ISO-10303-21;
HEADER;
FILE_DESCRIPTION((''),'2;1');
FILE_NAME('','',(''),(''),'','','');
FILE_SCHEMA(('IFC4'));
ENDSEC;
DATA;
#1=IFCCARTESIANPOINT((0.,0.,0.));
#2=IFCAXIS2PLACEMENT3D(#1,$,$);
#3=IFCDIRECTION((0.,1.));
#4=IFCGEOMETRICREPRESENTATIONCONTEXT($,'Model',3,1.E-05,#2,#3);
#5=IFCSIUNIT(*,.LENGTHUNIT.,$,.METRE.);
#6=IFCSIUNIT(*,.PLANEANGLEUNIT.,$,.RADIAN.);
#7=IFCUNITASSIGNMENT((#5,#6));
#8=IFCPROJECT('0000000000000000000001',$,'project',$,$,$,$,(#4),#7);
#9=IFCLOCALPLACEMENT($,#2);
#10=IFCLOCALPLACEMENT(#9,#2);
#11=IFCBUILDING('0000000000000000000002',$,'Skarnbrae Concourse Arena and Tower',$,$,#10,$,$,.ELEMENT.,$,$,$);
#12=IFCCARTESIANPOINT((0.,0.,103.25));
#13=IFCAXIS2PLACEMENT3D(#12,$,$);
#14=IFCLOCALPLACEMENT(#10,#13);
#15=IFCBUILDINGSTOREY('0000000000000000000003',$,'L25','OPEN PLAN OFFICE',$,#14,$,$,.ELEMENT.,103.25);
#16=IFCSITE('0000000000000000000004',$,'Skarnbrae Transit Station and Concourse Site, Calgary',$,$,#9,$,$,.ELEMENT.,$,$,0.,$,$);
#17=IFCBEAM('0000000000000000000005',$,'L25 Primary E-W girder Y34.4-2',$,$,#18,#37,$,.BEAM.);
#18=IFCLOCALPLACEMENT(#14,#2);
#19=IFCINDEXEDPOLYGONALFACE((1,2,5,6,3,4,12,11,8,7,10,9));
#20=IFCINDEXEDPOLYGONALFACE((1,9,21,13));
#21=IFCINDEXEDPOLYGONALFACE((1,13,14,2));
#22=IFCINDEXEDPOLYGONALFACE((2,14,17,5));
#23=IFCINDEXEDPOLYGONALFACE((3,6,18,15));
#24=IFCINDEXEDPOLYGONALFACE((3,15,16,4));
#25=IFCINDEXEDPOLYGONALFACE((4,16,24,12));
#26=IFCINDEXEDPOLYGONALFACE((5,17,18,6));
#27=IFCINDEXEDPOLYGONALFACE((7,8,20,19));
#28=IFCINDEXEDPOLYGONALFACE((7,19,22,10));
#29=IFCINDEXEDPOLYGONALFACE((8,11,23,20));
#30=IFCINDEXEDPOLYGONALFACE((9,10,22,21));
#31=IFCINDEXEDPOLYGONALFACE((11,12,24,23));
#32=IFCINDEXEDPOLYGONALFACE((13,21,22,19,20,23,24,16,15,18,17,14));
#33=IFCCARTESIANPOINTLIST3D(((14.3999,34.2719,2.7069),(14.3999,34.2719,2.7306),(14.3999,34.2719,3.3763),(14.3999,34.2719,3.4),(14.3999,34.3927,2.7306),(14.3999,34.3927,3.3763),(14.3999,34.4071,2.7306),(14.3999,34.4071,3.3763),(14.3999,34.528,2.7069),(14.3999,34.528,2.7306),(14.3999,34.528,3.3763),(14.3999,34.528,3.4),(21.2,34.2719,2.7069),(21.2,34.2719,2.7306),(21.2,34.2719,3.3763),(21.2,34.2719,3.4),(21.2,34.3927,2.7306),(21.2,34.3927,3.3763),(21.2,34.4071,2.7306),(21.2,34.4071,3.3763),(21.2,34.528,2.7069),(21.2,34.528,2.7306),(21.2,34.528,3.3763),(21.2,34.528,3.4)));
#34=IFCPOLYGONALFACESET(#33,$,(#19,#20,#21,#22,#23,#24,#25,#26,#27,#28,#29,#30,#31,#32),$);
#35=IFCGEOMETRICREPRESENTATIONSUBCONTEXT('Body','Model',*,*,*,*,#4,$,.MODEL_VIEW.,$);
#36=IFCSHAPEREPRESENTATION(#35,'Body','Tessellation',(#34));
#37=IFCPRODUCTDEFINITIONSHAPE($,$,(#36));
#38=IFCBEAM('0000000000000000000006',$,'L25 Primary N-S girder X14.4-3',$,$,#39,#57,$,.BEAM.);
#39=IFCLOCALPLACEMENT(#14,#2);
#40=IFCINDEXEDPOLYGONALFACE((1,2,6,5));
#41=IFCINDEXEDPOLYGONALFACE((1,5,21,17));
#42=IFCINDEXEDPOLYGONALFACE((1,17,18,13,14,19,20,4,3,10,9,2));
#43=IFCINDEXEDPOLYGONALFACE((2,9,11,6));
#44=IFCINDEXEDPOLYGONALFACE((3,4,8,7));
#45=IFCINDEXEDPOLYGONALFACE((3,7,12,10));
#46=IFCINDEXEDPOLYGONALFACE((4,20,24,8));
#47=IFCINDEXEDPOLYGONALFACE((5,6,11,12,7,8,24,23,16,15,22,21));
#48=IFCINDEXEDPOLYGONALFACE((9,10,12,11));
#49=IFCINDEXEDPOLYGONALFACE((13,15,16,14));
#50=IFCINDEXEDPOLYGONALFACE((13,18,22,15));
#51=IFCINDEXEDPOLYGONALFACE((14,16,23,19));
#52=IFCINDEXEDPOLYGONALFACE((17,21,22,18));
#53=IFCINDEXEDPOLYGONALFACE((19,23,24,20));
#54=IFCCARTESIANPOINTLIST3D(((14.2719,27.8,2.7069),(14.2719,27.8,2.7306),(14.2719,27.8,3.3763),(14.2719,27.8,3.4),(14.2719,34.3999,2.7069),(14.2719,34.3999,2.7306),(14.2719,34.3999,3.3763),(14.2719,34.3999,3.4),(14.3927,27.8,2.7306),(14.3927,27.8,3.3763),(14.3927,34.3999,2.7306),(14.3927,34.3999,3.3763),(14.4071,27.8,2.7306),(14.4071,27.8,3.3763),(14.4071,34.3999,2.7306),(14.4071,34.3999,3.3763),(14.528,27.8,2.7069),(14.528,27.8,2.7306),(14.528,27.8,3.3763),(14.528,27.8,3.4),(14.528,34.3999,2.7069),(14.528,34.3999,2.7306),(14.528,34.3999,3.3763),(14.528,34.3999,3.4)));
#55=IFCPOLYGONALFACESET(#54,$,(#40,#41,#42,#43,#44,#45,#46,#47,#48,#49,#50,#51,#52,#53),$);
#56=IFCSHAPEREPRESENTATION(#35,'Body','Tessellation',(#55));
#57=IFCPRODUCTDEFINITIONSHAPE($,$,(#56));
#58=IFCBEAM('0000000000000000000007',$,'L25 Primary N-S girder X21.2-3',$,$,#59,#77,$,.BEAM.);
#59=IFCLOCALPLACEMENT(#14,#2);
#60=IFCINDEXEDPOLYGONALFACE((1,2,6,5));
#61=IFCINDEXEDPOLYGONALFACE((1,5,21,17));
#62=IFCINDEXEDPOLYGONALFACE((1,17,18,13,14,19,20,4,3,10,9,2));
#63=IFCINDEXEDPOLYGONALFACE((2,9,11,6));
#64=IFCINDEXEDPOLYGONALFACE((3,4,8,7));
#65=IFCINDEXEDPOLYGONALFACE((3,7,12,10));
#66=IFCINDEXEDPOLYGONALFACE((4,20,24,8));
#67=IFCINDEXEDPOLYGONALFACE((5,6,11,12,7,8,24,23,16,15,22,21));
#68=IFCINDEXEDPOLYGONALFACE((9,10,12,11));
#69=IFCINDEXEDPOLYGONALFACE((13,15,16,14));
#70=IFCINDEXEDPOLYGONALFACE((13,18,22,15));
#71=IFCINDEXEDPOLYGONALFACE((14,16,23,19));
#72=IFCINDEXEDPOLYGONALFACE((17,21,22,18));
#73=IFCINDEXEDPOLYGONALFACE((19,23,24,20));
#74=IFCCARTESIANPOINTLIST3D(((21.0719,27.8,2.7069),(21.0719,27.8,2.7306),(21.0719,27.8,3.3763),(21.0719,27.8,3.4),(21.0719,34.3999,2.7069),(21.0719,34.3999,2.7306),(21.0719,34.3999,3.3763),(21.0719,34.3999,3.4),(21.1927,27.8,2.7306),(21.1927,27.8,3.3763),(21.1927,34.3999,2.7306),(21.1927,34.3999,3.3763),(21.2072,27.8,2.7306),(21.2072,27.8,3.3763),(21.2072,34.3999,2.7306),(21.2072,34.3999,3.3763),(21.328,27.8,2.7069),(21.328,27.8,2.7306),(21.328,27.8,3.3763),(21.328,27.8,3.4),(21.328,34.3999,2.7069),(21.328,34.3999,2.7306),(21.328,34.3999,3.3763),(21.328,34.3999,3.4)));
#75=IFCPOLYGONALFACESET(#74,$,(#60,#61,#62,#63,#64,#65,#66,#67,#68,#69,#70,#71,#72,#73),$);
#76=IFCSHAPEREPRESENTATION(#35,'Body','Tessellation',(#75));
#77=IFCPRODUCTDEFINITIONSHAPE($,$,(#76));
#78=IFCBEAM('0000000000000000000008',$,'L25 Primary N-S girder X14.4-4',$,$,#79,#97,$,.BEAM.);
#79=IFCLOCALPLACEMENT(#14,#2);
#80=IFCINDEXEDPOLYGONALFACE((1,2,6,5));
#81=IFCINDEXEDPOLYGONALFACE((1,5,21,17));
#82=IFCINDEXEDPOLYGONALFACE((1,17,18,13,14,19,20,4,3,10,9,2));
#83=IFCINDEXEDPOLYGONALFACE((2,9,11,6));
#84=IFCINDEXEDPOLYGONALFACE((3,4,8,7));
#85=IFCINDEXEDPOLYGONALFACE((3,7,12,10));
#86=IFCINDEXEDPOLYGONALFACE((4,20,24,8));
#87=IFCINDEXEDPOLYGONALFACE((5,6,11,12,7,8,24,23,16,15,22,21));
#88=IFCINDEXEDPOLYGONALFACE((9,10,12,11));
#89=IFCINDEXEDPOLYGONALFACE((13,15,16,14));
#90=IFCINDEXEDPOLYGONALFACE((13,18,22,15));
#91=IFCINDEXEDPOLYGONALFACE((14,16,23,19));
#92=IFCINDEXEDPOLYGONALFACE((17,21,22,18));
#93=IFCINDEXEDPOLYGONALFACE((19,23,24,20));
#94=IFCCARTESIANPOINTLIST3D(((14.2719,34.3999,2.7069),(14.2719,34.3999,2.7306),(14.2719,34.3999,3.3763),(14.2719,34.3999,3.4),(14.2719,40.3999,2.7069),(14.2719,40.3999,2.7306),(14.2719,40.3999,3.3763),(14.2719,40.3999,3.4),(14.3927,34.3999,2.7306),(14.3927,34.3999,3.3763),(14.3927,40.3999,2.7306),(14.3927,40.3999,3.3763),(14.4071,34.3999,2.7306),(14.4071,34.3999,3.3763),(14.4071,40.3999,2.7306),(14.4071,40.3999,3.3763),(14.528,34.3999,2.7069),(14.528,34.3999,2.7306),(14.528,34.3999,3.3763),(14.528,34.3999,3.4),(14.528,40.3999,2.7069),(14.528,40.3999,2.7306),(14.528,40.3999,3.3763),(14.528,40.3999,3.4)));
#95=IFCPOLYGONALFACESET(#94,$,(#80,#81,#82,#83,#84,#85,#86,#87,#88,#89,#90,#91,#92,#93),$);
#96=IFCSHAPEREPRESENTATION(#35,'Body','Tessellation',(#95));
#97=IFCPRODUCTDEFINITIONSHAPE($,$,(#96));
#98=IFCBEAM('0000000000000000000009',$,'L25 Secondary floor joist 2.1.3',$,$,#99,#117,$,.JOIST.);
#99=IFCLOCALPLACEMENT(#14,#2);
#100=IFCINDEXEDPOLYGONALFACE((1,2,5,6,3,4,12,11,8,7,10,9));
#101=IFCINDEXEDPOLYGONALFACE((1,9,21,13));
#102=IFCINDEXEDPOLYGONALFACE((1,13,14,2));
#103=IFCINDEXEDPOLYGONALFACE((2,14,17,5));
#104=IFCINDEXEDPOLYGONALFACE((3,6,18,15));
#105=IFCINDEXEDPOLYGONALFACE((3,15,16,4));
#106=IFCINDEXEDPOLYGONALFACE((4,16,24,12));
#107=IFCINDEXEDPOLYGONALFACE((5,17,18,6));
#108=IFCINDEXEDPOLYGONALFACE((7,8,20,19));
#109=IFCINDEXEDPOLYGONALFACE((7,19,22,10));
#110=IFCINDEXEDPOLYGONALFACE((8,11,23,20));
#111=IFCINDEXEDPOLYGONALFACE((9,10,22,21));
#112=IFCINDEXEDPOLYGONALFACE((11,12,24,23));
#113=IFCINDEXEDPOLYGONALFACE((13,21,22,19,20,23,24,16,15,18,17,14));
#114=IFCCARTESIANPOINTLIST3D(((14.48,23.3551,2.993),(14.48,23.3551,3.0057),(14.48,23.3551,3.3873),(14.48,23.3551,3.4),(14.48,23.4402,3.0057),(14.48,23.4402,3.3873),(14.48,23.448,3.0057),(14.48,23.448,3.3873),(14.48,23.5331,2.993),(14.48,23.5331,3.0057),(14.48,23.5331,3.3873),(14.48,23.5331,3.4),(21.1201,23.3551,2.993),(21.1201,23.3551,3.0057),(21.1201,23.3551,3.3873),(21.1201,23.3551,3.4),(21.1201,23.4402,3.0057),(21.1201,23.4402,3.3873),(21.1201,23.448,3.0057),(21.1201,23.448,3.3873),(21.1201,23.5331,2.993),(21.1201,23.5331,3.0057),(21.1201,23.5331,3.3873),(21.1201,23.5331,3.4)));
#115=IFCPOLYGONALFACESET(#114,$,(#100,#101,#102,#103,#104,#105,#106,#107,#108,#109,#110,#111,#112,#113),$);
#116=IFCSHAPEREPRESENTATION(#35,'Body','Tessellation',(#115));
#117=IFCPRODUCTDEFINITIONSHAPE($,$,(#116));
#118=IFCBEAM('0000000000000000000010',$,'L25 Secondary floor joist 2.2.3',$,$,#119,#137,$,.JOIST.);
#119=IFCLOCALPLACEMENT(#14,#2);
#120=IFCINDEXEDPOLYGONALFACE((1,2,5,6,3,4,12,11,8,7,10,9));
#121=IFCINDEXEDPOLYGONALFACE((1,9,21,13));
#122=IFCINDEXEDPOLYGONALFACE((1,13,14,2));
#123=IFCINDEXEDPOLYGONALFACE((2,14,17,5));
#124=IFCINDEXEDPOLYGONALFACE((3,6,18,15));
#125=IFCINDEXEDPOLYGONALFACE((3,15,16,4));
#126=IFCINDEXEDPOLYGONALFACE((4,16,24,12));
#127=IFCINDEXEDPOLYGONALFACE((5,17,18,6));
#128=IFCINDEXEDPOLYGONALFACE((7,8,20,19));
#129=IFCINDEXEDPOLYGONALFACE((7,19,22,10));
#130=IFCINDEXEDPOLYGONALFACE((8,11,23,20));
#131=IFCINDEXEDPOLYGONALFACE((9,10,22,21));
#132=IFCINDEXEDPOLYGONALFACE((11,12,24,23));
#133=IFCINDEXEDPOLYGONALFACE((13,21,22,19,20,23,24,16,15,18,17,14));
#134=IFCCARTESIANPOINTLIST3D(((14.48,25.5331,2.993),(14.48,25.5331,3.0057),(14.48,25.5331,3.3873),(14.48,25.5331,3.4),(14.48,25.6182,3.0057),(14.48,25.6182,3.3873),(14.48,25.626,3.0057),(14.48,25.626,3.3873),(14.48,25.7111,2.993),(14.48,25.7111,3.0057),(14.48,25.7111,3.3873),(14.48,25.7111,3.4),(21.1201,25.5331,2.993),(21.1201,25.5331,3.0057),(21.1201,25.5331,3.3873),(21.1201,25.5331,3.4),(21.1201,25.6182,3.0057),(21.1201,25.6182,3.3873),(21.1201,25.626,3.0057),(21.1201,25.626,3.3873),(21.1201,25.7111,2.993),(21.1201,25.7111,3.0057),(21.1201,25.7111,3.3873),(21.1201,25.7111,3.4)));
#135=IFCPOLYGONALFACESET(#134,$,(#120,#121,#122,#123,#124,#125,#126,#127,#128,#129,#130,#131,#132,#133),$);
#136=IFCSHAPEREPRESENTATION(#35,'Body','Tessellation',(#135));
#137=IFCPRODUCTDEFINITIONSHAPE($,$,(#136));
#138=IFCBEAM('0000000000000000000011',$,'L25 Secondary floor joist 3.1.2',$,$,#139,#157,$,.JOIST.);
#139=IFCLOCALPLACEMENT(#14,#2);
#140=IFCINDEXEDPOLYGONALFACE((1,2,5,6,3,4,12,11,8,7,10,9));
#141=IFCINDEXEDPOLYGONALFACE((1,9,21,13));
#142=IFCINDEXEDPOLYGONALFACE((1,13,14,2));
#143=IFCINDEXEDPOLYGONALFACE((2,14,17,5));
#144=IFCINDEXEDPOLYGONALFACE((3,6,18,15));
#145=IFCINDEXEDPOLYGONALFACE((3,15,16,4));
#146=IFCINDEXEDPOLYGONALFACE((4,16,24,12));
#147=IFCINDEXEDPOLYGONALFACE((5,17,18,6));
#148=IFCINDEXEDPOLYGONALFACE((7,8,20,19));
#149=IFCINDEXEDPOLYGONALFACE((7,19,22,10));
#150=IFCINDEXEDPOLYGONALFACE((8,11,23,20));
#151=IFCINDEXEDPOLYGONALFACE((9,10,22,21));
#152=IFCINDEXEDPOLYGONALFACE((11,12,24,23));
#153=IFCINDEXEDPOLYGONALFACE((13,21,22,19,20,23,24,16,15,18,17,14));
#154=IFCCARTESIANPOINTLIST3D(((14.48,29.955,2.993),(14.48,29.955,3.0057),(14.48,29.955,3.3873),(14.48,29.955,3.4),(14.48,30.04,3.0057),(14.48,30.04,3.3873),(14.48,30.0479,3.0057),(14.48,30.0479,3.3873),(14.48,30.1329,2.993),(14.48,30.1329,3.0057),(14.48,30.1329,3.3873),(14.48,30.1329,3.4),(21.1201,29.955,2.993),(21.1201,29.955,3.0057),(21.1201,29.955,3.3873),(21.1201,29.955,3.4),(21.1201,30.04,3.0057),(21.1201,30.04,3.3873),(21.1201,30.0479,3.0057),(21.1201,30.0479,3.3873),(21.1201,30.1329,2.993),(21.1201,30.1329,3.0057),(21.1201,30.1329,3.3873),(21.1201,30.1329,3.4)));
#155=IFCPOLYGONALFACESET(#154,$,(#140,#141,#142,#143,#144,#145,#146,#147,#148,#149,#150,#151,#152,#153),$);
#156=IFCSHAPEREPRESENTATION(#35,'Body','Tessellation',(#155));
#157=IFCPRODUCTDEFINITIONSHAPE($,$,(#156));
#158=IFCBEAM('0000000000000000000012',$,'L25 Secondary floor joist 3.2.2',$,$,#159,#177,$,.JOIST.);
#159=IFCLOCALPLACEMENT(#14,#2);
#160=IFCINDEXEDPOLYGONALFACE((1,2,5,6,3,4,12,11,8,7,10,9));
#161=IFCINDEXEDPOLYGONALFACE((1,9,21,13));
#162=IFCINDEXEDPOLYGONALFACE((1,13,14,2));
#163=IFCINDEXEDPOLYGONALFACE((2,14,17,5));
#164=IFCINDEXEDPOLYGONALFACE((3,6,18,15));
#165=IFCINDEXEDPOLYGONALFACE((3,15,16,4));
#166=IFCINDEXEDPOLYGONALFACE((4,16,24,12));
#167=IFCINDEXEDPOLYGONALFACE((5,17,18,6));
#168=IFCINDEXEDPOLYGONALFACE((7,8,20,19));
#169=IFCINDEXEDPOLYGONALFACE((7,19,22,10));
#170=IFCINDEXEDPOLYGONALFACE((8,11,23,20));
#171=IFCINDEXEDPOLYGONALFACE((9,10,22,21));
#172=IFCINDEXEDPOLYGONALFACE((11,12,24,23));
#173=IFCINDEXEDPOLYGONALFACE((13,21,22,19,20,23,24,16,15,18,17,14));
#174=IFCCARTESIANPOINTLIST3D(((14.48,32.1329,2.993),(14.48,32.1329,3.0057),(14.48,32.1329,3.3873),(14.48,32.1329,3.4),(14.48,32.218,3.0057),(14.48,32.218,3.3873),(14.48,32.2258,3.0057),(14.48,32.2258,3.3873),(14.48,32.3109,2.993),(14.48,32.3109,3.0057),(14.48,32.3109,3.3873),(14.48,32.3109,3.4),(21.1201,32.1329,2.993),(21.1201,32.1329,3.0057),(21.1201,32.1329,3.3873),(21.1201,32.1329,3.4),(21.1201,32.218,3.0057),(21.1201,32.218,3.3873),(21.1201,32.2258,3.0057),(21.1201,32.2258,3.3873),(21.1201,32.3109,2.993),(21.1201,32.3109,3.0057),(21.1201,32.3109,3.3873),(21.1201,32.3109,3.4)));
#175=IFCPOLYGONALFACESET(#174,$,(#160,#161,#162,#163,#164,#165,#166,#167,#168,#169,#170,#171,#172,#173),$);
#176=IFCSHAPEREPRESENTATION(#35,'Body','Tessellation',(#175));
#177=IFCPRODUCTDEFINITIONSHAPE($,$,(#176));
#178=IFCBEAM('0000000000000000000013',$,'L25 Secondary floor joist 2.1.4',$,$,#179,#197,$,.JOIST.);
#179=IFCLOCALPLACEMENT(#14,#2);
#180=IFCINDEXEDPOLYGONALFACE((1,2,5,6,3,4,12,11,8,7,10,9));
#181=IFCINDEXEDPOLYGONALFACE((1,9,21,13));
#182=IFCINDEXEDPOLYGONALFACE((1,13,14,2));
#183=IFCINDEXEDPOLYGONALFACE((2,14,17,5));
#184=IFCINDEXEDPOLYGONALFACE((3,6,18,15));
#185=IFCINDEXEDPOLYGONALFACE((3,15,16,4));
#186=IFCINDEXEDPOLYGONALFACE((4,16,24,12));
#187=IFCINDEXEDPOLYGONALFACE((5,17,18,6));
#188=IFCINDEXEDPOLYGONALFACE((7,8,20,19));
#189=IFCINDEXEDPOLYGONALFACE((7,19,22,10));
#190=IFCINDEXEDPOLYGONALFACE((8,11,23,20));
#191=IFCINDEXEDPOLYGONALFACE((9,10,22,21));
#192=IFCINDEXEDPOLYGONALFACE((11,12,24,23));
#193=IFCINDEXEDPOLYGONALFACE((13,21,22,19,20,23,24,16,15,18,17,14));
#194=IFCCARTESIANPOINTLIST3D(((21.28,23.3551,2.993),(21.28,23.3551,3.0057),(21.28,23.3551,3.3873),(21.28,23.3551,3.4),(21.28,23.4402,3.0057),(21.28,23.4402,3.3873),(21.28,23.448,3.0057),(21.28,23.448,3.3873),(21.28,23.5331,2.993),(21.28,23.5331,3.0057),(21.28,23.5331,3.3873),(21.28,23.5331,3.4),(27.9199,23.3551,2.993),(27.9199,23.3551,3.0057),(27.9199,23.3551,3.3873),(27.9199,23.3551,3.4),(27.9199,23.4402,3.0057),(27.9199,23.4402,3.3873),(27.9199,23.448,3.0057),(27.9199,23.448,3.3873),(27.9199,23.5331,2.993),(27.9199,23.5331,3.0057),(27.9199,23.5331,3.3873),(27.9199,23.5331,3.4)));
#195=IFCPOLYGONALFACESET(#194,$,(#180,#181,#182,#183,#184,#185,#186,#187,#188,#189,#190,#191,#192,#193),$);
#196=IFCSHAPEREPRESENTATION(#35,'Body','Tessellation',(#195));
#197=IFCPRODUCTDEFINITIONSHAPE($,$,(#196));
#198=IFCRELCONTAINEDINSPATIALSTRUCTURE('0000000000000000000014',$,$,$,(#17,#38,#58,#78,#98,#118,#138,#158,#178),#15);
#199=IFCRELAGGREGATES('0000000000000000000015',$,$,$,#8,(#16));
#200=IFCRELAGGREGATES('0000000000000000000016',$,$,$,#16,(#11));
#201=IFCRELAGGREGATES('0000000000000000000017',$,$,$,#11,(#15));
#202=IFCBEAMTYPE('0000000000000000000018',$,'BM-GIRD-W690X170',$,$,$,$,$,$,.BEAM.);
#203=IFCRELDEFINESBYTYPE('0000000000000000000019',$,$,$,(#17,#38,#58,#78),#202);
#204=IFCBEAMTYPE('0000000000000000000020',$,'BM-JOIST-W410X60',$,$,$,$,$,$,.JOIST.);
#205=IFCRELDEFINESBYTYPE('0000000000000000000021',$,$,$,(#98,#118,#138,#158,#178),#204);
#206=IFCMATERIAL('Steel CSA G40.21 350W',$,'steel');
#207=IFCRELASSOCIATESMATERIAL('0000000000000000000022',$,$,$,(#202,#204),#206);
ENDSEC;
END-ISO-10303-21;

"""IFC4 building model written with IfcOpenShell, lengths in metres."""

from ifc_helpers import new_model, si_unit, direction, frame, origin, origin_2d, place, context, subcontext, project, spatial, i_section, extrude, source, transform, mapped, material, material_profile, profile_set, type_object, element, save


model = new_model("IFC4")

# Units and contexts
model_context = context("Model", 3, precision=1e-05, world=origin(), true_north=direction((0.0, 1.0)))
body_context = subcontext(model_context, "Body", "Model", "MODEL_VIEW")
ifc_project = project(units=[si_unit("LENGTHUNIT", "METRE"), si_unit("PLANEANGLEUNIT", "RADIAN")], contexts=[model_context])

# Site, building, storey
site_placement = place(None, origin())
site = spatial("IfcSite", under=ifc_project, at=site_placement, Name="Skarnbrae Transit Station and Concourse Site, Calgary", CompositionType="ELEMENT", RefElevation=0.0)
building_placement = place(site_placement, origin())
building = spatial("IfcBuilding", under=site, at=building_placement, Name="Skarnbrae Concourse Arena and Tower", CompositionType="ELEMENT")
storey_placement = place(building_placement, frame((0.0, 0.0, 103.25)))
storey = spatial("IfcBuildingStorey", under=building, at=storey_placement, Name="L25", Description="OPEN PLAN OFFICE", CompositionType="ELEMENT", Elevation=103.25)

# Shared definitions
ifc_material_1 = material(Name="Steel CSA G40.21 350W", Category="steel")

# Beams
ifc_material_profile_1 = material_profile(ifc_material_1, i_section(OverallWidth=0.2561, OverallDepth=0.6931, WebThickness=0.0144, FlangeThickness=0.0237, at=origin_2d()), Name="W690X170")
ifc_profile_set_1 = profile_set([ifc_material_profile_1], Name="Steel CSA G40.21 350W")
beam_type_1 = type_object("IfcBeamType", Name="BM-GIRD-W690X170", PredefinedType="BEAM", material=ifc_profile_set_1)
shared_shape_1 = source(origin(), body_context, "Body", "SweptSolid", [
    extrude(i_section(OverallWidth=0.2561, OverallDepth=0.6931, WebThickness=0.0144, FlangeThickness=0.0237, at=origin_2d()), origin(), (0.0, 0.0, 1.0), 6.8),
])
for number, where, z_axis, x_axis, name in (
    (1, (14.3999, 34.3999, 3.0535), (1.0, 0.0, 0.0), (0.0, 1.0, 0.0), "L25 Primary E-W girder Y34.4-2"),
):
    element("IfcBeam", number, at=place(storey_placement, frame(where, z_axis=z_axis, x_axis=x_axis)), inside=storey, type_object=beam_type_1, Name=name, PredefinedType="BEAM", context=body_context, shape_type="MappedRepresentation", body=[
        mapped(shared_shape_1, transform((0.0, 0.0, 0.0))),
    ])
shared_shape_2 = source(origin(), body_context, "Body", "SweptSolid", [
    extrude(i_section(OverallWidth=0.2561, OverallDepth=0.6931, WebThickness=0.0144, FlangeThickness=0.0237, at=origin_2d()), origin(), (0.0, 0.0, 1.0), 6.5999),
])
for number, where, z_axis, x_axis, name in (
    (2, (14.3999, 27.8, 3.0535), (0.0, 1.0, 0.0), (-1.0, 0.0, 0.0), "L25 Primary N-S girder X14.4-3"),
    (3, (21.2, 27.8, 3.0535), (0.0, 1.0, 0.0), (-1.0, 0.0, 0.0), "L25 Primary N-S girder X21.2-3"),
):
    element("IfcBeam", number, at=place(storey_placement, frame(where, z_axis=z_axis, x_axis=x_axis)), inside=storey, type_object=beam_type_1, Name=name, PredefinedType="BEAM", context=body_context, shape_type="MappedRepresentation", body=[
        mapped(shared_shape_2, transform((0.0, 0.0, 0.0))),
    ])
shared_shape_3 = source(origin(), body_context, "Body", "SweptSolid", [
    extrude(i_section(OverallWidth=0.2561, OverallDepth=0.6931, WebThickness=0.0144, FlangeThickness=0.0237, at=origin_2d()), origin(), (0.0, 0.0, 1.0), 6.0),
])
beam_1_placement = place(storey_placement, frame((14.3999, 34.3999, 3.0535), z_axis=(0.0, 1.0, 0.0), x_axis=(-1.0, 0.0, 0.0)))
element("IfcBeam", 4, at=beam_1_placement, inside=storey, type_object=beam_type_1, Name="L25 Primary N-S girder X14.4-4", PredefinedType="BEAM", context=body_context, shape_type="MappedRepresentation", body=[
    mapped(shared_shape_3, transform((0.0, 0.0, 0.0))),
])
ifc_material_profile_2 = material_profile(ifc_material_1, i_section(OverallWidth=0.178, OverallDepth=0.407, WebThickness=0.0078, FlangeThickness=0.0127, at=origin_2d()), Name="W410X60")
ifc_profile_set_2 = profile_set([ifc_material_profile_2], Name="Steel CSA G40.21 350W")
beam_type_2 = type_object("IfcBeamType", Name="BM-JOIST-W410X60", PredefinedType="JOIST", material=ifc_profile_set_2)
shared_shape_4 = source(origin(), body_context, "Body", "SweptSolid", [
    extrude(i_section(OverallWidth=0.178, OverallDepth=0.407, WebThickness=0.0078, FlangeThickness=0.0127, at=origin_2d()), origin(), (0.0, 0.0, 1.0), 6.6401),
])
for number, where, z_axis, x_axis, name in (
    (5, (14.48, 23.4441, 3.1965), (1.0, 0.0, 0.0), (0.0, 1.0, 0.0), "L25 Secondary floor joist 2.1.3"),
    (6, (14.48, 25.6221, 3.1965), (1.0, 0.0, 0.0), (0.0, 1.0, 0.0), "L25 Secondary floor joist 2.2.3"),
    (7, (14.48, 30.0439, 3.1965), (1.0, 0.0, 0.0), (0.0, 1.0, 0.0), "L25 Secondary floor joist 3.1.2"),
    (8, (14.48, 32.2219, 3.1965), (1.0, 0.0, 0.0), (0.0, 1.0, 0.0), "L25 Secondary floor joist 3.2.2"),
):
    element("IfcBeam", number, at=place(storey_placement, frame(where, z_axis=z_axis, x_axis=x_axis)), inside=storey, type_object=beam_type_2, Name=name, PredefinedType="JOIST", context=body_context, shape_type="MappedRepresentation", body=[
        mapped(shared_shape_4, transform((0.0, 0.0, 0.0))),
    ])
shared_shape_5 = source(origin(), body_context, "Body", "SweptSolid", [
    extrude(i_section(OverallWidth=0.178, OverallDepth=0.407, WebThickness=0.0078, FlangeThickness=0.0127, at=origin_2d()), origin(), (0.0, 0.0, 1.0), 6.6399),
])
for number, where, z_axis, x_axis, name in (
    (9, (21.28, 23.4441, 3.1965), (1.0, 0.0, 0.0), (0.0, 1.0, 0.0), "L25 Secondary floor joist 2.1.4"),
):
    element("IfcBeam", number, at=place(storey_placement, frame(where, z_axis=z_axis, x_axis=x_axis)), inside=storey, type_object=beam_type_2, Name=name, PredefinedType="JOIST", context=body_context, shape_type="MappedRepresentation", body=[
        mapped(shared_shape_5, transform((0.0, 0.0, 0.0))),
    ])

save(model, "model.ifc")
